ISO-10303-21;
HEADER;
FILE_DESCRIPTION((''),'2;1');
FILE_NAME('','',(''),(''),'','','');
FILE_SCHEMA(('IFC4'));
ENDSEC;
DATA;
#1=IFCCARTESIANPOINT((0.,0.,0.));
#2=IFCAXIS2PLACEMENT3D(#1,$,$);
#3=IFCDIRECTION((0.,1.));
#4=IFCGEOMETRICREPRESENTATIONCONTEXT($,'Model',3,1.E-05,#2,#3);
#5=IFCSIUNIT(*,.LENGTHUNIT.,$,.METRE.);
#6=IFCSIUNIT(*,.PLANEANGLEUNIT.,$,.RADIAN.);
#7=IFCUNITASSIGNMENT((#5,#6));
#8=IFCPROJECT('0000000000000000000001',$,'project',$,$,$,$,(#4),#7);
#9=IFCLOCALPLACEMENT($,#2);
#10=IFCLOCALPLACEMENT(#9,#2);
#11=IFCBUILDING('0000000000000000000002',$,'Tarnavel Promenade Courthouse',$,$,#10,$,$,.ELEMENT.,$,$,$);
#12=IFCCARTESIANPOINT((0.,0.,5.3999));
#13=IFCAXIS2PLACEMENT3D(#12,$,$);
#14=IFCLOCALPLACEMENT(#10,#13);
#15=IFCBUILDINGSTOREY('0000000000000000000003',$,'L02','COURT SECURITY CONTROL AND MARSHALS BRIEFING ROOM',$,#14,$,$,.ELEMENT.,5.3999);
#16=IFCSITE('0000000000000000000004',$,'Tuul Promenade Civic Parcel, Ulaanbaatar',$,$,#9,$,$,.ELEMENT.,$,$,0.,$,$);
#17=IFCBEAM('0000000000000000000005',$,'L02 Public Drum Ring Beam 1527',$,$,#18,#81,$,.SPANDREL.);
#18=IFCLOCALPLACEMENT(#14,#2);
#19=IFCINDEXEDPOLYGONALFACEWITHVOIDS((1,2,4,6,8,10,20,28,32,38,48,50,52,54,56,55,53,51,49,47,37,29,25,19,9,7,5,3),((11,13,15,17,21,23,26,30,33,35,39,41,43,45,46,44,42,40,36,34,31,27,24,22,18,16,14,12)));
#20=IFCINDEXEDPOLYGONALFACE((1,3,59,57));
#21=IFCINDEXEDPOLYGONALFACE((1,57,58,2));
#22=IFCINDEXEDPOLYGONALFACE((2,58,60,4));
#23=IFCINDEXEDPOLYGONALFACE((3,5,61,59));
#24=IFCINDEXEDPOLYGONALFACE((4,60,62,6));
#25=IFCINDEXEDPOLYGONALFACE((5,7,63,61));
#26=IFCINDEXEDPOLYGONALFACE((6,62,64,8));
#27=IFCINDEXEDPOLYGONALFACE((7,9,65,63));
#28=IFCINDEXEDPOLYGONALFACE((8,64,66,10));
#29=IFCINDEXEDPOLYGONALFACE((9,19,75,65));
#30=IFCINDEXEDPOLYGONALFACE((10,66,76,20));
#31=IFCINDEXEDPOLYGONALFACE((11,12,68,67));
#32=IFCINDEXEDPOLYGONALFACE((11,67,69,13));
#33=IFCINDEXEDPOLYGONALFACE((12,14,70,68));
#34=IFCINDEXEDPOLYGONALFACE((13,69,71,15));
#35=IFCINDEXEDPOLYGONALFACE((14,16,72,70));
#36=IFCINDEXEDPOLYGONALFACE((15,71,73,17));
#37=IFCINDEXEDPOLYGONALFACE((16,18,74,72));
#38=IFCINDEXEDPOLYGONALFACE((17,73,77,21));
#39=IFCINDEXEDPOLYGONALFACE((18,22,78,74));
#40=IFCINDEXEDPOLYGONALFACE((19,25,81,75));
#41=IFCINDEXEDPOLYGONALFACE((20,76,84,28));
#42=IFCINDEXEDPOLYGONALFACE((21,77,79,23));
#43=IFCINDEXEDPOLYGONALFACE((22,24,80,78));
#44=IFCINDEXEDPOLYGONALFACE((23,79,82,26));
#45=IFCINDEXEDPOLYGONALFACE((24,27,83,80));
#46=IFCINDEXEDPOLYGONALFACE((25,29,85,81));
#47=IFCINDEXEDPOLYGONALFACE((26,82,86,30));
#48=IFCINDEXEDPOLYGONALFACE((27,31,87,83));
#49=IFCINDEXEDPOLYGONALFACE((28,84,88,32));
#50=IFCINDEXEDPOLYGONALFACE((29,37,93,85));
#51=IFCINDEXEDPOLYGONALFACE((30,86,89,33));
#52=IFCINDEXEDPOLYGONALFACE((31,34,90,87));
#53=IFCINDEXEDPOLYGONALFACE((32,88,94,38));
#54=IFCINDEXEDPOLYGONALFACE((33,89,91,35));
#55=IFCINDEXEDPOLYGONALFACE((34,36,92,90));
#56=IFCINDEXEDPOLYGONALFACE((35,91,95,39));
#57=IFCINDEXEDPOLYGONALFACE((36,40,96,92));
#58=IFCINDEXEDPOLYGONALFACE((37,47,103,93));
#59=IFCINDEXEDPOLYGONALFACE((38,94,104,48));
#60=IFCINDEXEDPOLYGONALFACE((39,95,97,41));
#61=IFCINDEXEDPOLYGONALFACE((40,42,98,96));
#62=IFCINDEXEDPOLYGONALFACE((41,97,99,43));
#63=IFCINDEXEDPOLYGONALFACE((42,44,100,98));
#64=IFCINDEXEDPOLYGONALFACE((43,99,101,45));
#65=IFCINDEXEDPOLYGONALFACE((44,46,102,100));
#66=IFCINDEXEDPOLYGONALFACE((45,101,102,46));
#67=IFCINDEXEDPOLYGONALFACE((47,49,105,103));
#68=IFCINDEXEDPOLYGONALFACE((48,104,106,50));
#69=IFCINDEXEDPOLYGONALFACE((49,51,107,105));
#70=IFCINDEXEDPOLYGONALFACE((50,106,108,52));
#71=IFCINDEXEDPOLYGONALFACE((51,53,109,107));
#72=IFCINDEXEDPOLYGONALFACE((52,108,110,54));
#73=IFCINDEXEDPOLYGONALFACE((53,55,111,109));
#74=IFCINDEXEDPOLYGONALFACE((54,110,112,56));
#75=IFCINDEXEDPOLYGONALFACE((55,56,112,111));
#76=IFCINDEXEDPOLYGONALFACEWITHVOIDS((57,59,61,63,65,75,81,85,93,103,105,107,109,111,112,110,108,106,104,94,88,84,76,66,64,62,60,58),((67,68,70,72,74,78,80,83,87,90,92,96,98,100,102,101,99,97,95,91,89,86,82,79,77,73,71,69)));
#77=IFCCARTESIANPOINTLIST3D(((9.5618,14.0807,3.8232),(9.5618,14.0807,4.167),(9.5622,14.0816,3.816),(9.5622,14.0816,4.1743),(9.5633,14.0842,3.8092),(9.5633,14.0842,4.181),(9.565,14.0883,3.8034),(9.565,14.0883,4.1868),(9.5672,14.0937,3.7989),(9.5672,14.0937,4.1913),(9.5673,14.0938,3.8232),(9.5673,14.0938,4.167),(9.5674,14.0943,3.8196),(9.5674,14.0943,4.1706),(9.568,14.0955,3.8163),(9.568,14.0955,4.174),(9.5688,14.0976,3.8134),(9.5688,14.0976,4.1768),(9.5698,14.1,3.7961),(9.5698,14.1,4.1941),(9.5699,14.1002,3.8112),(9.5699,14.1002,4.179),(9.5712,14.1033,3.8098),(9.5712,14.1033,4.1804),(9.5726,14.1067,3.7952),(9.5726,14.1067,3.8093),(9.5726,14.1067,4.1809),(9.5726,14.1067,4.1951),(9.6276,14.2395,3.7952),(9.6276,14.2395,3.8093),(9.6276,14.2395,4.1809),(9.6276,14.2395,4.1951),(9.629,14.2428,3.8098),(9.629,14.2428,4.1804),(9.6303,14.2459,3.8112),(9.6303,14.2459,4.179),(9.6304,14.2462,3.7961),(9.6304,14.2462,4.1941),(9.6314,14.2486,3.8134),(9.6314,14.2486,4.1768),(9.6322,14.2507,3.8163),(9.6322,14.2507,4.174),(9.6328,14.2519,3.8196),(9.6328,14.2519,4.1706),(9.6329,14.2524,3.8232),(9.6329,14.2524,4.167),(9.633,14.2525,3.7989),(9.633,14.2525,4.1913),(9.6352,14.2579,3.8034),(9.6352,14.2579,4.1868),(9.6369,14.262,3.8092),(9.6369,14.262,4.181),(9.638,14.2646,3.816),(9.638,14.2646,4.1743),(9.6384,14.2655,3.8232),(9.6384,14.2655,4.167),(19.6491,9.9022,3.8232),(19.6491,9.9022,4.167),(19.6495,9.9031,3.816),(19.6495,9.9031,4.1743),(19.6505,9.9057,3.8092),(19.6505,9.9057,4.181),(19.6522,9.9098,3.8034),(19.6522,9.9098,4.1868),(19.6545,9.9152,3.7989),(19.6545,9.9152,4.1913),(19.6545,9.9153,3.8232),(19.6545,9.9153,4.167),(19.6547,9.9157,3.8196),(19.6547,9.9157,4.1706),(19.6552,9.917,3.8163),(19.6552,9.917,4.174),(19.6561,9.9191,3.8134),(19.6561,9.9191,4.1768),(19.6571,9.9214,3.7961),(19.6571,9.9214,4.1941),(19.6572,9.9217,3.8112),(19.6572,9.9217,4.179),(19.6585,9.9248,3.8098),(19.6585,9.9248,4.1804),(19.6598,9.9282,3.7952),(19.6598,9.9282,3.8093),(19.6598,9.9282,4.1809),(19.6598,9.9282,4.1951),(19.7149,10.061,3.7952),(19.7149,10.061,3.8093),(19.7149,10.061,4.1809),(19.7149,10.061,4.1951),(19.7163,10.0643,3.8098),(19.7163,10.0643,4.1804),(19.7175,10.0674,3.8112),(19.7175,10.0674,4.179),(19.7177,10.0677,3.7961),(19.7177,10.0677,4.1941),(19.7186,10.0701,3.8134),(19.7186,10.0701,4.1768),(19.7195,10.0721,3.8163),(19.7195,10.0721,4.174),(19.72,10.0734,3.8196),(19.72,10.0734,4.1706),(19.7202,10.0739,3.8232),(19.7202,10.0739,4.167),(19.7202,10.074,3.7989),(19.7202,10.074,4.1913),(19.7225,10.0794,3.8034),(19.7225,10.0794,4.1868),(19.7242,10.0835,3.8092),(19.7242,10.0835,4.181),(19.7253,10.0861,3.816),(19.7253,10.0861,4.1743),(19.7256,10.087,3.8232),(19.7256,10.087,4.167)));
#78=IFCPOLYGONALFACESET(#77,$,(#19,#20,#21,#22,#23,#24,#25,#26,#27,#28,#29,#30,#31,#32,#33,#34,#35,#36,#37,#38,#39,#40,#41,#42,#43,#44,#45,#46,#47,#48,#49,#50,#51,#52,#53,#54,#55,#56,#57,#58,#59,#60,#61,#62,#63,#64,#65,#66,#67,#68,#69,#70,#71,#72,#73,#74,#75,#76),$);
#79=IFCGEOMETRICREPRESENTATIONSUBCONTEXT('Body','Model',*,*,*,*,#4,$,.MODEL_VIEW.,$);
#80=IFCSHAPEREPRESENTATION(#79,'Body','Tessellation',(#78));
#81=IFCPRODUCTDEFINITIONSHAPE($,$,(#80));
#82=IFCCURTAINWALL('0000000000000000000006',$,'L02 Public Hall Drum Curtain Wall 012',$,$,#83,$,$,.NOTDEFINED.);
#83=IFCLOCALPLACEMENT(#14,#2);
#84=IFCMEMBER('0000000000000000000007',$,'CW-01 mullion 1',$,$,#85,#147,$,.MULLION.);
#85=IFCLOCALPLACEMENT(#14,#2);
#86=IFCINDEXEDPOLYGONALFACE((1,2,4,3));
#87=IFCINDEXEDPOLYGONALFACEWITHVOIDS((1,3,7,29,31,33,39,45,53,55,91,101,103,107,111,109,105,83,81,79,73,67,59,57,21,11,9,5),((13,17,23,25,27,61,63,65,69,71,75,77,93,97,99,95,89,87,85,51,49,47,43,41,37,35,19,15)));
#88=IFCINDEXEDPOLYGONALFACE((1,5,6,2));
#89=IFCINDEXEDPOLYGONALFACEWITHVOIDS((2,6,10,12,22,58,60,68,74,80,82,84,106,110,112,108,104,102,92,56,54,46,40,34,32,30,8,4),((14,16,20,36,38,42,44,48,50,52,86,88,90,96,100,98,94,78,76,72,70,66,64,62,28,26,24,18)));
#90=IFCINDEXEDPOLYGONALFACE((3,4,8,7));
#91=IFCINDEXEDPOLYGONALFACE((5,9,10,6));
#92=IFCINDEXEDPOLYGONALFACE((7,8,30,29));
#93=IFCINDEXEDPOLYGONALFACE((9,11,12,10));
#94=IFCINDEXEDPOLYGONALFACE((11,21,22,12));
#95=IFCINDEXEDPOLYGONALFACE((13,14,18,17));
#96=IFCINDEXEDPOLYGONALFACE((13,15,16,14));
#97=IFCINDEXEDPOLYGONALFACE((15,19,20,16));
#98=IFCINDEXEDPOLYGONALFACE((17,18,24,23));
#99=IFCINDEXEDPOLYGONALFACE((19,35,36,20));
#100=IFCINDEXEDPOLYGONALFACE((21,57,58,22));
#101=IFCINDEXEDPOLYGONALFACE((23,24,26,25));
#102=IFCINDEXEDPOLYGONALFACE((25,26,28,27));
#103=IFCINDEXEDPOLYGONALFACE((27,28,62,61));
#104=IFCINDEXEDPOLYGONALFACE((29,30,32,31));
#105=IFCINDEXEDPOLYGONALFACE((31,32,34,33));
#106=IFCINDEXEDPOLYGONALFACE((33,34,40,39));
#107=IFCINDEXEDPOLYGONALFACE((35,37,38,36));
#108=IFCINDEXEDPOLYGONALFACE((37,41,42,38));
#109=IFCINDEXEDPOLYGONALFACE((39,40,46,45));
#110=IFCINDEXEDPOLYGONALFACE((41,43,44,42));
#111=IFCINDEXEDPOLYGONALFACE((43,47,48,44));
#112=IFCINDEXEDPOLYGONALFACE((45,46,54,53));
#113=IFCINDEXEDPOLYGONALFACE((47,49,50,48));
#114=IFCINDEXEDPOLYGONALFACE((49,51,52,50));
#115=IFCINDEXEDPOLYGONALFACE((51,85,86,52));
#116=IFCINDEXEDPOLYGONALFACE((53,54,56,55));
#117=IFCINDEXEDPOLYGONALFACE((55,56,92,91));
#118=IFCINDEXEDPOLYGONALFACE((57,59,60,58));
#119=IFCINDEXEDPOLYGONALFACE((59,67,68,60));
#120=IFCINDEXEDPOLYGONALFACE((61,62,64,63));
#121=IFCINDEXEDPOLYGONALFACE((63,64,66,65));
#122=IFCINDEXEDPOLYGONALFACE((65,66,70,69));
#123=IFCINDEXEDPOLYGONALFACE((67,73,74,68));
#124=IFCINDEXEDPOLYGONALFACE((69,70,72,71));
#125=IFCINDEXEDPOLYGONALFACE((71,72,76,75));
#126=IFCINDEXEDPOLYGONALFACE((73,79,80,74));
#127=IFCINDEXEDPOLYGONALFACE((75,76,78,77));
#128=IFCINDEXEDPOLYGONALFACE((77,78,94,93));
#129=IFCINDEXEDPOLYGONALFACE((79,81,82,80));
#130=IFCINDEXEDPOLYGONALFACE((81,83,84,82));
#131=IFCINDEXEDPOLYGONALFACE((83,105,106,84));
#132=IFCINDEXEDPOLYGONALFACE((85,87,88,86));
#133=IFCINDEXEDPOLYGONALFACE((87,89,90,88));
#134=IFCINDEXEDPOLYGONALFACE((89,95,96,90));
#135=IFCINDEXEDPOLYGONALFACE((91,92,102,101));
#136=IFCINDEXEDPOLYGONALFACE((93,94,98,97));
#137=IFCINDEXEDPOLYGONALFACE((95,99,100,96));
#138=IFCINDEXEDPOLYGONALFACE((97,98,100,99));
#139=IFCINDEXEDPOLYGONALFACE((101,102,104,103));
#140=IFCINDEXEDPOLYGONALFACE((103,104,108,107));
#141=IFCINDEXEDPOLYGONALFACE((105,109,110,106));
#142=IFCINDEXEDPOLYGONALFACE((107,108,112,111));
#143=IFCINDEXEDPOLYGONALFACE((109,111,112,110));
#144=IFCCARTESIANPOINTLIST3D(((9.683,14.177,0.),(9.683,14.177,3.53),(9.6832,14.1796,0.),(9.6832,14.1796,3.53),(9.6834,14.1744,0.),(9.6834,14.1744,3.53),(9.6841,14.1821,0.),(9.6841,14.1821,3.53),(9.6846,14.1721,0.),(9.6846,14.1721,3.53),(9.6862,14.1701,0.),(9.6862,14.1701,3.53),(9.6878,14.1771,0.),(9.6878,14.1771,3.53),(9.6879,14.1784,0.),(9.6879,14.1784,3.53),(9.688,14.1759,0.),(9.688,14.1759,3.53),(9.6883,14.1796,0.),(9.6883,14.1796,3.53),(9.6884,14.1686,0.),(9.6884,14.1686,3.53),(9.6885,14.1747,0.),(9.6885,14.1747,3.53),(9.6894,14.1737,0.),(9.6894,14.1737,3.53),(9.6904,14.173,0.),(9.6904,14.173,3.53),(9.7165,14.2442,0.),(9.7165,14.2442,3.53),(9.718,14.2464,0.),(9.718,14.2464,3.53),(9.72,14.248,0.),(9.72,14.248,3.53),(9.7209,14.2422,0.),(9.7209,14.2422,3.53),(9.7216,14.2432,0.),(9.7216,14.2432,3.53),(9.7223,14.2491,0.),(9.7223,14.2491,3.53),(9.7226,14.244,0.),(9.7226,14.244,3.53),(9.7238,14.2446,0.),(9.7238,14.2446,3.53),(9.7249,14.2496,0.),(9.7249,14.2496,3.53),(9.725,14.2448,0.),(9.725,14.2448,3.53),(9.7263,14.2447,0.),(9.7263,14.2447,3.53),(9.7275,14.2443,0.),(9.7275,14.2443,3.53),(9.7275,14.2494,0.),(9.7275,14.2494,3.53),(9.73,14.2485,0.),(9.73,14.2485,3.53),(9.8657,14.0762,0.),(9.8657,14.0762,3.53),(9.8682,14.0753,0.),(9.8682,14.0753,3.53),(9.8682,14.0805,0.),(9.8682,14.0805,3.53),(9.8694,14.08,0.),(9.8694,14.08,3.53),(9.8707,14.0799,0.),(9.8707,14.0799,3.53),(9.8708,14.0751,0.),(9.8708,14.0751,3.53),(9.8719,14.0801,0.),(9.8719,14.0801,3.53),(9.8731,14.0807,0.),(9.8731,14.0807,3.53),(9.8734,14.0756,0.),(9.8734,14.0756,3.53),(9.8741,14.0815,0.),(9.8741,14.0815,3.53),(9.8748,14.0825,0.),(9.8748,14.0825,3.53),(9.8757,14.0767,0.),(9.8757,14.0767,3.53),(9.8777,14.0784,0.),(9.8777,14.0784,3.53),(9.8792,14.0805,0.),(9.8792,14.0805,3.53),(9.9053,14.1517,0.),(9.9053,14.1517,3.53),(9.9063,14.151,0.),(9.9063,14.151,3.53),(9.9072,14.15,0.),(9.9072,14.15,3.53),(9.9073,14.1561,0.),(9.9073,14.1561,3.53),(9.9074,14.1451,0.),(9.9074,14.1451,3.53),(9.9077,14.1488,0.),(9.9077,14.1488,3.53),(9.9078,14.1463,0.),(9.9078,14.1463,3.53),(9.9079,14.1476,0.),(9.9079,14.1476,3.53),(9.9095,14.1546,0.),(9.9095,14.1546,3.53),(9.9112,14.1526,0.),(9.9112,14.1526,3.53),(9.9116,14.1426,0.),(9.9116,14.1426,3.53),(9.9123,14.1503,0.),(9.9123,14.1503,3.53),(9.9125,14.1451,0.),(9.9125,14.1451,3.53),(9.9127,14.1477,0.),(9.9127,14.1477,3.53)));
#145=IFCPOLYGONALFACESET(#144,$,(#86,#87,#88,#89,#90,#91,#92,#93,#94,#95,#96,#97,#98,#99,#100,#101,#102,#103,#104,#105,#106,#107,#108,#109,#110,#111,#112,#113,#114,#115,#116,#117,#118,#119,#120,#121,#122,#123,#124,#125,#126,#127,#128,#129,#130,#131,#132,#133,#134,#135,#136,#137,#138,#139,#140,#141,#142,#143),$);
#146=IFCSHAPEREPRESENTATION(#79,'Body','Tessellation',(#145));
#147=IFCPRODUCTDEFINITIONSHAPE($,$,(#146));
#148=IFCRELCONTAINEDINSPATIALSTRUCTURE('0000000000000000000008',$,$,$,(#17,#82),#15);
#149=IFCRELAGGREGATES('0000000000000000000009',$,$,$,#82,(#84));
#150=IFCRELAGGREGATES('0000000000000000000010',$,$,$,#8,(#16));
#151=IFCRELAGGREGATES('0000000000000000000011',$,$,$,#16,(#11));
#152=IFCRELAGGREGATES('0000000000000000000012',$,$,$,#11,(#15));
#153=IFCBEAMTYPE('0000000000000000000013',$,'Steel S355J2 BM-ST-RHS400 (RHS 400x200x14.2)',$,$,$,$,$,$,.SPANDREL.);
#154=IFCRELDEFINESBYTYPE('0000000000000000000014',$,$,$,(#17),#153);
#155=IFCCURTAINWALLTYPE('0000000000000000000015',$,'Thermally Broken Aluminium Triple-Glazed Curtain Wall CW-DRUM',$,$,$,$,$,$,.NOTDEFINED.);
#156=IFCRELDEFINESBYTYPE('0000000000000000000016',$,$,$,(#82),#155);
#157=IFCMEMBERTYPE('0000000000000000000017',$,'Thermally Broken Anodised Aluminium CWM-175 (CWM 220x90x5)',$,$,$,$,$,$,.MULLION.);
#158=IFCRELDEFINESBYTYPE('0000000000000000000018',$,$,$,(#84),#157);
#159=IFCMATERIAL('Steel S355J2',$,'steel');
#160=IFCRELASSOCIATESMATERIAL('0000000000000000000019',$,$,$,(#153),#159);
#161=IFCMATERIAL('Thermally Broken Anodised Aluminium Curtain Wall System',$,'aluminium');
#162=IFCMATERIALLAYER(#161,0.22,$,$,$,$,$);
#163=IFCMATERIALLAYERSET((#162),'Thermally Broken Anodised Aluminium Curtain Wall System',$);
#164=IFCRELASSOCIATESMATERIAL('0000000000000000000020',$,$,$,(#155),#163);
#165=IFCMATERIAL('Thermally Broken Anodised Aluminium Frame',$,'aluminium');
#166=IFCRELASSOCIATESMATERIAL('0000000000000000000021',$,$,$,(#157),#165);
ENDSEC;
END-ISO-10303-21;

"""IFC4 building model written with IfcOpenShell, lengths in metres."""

from ifc_helpers import new_model, si_unit, direction, frame, origin, origin_2d, place, context, subcontext, project, spatial, hollow_rectangle, extrude, material, layer, layer_set, material_profile, profile_set, type_object, element, aggregate, save


model = new_model("IFC4")

# Units and contexts
model_context = context("Model", 3, precision=1e-05, world=origin(), true_north=direction((0.0, 1.0)))
body_context = subcontext(model_context, "Body", "Model", "MODEL_VIEW")
ifc_project = project(units=[si_unit("LENGTHUNIT", "METRE"), si_unit("PLANEANGLEUNIT", "RADIAN")], contexts=[model_context])

# Site, building, storey
site_placement = place(None, origin())
site = spatial("IfcSite", under=ifc_project, at=site_placement, Name="Tuul Promenade Civic Parcel, Ulaanbaatar", CompositionType="ELEMENT", RefElevation=0.0)
building_placement = place(site_placement, origin())
building = spatial("IfcBuilding", under=site, at=building_placement, Name="Tarnavel Promenade Courthouse", CompositionType="ELEMENT")
storey_placement = place(building_placement, frame((0.0, 0.0, 5.3999)))
storey = spatial("IfcBuildingStorey", under=building, at=storey_placement, Name="L02", Description="COURT SECURITY CONTROL AND MARSHALS BRIEFING ROOM", CompositionType="ELEMENT", Elevation=5.3999)

# Beam
ifc_material_1 = material(Name="Steel S355J2", Category="steel")
ifc_material_profile_1 = material_profile(ifc_material_1, hollow_rectangle(XDim=0.2, YDim=0.3999, WallThickness=0.0142, InnerFilletRadius=0.0139, OuterFilletRadius=0.0281, at=origin_2d()), Name="RHS 400x200x14.2")
ifc_profile_set_1 = profile_set([ifc_material_profile_1], Name="Steel S355J2")
beam_type = type_object("IfcBeamType", Name="Steel S355J2 BM-ST-RHS400 (RHS 400x200x14.2)", PredefinedType="SPANDREL", material=ifc_profile_set_1)
beam_placement = place(storey_placement, frame((9.6001, 14.1731, 3.9951), z_axis=(0.923872, -0.382701, 0.0), x_axis=(0.382701, 0.923872, 0.0)))
element("IfcBeam", 1, at=beam_placement, inside=storey, type_object=beam_type, Name="L02 Public Drum Ring Beam 1527", PredefinedType="SPANDREL", context=body_context, shape_type="SweptSolid", body=[
    extrude(hollow_rectangle(XDim=0.2, YDim=0.3999, WallThickness=0.0142, InnerFilletRadius=0.0139, OuterFilletRadius=0.0281, at=origin_2d()), origin(), (0.0, 0.0, 1.0), 10.9185),
])

# Curtain wall, member
ifc_material_2 = material(Name="Thermally Broken Anodised Aluminium Curtain Wall System", Category="aluminium")
ifc_layer_1 = layer(ifc_material_2, 0.22)
ifc_layer_set_1 = layer_set([ifc_layer_1], Name="Thermally Broken Anodised Aluminium Curtain Wall System")
curtain_wall_type = type_object("IfcCurtainWallType", Name="Thermally Broken Aluminium Triple-Glazed Curtain Wall CW-DRUM", PredefinedType="NOTDEFINED", material=ifc_layer_set_1)
curtain_wall_1_placement = place(storey_placement, origin())
curtain_wall_1 = element("IfcCurtainWall", 2, at=curtain_wall_1_placement, inside=storey, type_object=curtain_wall_type, Name="L02 Public Hall Drum Curtain Wall 012", PredefinedType="NOTDEFINED")
ifc_material_3 = material(Name="Thermally Broken Anodised Aluminium Frame", Category="aluminium")
ifc_material_profile_2 = material_profile(ifc_material_3, hollow_rectangle(XDim=0.0901, YDim=0.22, WallThickness=0.0049, InnerFilletRadius=0.0049, OuterFilletRadius=0.01, at=origin_2d()), Name="CWM 220x90x5")
ifc_profile_set_2 = profile_set([ifc_material_profile_2], Name="Thermally Broken Anodised Aluminium Frame")
member_type_1 = type_object("IfcMemberType", Name="Thermally Broken Anodised Aluminium CWM-175 (CWM 220x90x5)", PredefinedType="MULLION", material=ifc_profile_set_2)
member_1_placement = place(storey_placement, frame((9.7979, 14.1624, 0.0), z_axis=(0.0, 0.0, 1.0), x_axis=(0.461749, 0.88701, 0.0)))
member_1 = element("IfcMember", 3, at=member_1_placement, type_object=member_type_1, Name="CW-01 mullion 1", PredefinedType="MULLION", context=body_context, shape_type="SweptSolid", body=[
    extrude(hollow_rectangle(XDim=0.0901, YDim=0.22, WallThickness=0.0049, InnerFilletRadius=0.0049, OuterFilletRadius=0.01, at=origin_2d()), origin(), (0.0, 0.0, 1.0), 3.53),
])

aggregate(curtain_wall_1, [member_1])

save(model, "model.ifc")
